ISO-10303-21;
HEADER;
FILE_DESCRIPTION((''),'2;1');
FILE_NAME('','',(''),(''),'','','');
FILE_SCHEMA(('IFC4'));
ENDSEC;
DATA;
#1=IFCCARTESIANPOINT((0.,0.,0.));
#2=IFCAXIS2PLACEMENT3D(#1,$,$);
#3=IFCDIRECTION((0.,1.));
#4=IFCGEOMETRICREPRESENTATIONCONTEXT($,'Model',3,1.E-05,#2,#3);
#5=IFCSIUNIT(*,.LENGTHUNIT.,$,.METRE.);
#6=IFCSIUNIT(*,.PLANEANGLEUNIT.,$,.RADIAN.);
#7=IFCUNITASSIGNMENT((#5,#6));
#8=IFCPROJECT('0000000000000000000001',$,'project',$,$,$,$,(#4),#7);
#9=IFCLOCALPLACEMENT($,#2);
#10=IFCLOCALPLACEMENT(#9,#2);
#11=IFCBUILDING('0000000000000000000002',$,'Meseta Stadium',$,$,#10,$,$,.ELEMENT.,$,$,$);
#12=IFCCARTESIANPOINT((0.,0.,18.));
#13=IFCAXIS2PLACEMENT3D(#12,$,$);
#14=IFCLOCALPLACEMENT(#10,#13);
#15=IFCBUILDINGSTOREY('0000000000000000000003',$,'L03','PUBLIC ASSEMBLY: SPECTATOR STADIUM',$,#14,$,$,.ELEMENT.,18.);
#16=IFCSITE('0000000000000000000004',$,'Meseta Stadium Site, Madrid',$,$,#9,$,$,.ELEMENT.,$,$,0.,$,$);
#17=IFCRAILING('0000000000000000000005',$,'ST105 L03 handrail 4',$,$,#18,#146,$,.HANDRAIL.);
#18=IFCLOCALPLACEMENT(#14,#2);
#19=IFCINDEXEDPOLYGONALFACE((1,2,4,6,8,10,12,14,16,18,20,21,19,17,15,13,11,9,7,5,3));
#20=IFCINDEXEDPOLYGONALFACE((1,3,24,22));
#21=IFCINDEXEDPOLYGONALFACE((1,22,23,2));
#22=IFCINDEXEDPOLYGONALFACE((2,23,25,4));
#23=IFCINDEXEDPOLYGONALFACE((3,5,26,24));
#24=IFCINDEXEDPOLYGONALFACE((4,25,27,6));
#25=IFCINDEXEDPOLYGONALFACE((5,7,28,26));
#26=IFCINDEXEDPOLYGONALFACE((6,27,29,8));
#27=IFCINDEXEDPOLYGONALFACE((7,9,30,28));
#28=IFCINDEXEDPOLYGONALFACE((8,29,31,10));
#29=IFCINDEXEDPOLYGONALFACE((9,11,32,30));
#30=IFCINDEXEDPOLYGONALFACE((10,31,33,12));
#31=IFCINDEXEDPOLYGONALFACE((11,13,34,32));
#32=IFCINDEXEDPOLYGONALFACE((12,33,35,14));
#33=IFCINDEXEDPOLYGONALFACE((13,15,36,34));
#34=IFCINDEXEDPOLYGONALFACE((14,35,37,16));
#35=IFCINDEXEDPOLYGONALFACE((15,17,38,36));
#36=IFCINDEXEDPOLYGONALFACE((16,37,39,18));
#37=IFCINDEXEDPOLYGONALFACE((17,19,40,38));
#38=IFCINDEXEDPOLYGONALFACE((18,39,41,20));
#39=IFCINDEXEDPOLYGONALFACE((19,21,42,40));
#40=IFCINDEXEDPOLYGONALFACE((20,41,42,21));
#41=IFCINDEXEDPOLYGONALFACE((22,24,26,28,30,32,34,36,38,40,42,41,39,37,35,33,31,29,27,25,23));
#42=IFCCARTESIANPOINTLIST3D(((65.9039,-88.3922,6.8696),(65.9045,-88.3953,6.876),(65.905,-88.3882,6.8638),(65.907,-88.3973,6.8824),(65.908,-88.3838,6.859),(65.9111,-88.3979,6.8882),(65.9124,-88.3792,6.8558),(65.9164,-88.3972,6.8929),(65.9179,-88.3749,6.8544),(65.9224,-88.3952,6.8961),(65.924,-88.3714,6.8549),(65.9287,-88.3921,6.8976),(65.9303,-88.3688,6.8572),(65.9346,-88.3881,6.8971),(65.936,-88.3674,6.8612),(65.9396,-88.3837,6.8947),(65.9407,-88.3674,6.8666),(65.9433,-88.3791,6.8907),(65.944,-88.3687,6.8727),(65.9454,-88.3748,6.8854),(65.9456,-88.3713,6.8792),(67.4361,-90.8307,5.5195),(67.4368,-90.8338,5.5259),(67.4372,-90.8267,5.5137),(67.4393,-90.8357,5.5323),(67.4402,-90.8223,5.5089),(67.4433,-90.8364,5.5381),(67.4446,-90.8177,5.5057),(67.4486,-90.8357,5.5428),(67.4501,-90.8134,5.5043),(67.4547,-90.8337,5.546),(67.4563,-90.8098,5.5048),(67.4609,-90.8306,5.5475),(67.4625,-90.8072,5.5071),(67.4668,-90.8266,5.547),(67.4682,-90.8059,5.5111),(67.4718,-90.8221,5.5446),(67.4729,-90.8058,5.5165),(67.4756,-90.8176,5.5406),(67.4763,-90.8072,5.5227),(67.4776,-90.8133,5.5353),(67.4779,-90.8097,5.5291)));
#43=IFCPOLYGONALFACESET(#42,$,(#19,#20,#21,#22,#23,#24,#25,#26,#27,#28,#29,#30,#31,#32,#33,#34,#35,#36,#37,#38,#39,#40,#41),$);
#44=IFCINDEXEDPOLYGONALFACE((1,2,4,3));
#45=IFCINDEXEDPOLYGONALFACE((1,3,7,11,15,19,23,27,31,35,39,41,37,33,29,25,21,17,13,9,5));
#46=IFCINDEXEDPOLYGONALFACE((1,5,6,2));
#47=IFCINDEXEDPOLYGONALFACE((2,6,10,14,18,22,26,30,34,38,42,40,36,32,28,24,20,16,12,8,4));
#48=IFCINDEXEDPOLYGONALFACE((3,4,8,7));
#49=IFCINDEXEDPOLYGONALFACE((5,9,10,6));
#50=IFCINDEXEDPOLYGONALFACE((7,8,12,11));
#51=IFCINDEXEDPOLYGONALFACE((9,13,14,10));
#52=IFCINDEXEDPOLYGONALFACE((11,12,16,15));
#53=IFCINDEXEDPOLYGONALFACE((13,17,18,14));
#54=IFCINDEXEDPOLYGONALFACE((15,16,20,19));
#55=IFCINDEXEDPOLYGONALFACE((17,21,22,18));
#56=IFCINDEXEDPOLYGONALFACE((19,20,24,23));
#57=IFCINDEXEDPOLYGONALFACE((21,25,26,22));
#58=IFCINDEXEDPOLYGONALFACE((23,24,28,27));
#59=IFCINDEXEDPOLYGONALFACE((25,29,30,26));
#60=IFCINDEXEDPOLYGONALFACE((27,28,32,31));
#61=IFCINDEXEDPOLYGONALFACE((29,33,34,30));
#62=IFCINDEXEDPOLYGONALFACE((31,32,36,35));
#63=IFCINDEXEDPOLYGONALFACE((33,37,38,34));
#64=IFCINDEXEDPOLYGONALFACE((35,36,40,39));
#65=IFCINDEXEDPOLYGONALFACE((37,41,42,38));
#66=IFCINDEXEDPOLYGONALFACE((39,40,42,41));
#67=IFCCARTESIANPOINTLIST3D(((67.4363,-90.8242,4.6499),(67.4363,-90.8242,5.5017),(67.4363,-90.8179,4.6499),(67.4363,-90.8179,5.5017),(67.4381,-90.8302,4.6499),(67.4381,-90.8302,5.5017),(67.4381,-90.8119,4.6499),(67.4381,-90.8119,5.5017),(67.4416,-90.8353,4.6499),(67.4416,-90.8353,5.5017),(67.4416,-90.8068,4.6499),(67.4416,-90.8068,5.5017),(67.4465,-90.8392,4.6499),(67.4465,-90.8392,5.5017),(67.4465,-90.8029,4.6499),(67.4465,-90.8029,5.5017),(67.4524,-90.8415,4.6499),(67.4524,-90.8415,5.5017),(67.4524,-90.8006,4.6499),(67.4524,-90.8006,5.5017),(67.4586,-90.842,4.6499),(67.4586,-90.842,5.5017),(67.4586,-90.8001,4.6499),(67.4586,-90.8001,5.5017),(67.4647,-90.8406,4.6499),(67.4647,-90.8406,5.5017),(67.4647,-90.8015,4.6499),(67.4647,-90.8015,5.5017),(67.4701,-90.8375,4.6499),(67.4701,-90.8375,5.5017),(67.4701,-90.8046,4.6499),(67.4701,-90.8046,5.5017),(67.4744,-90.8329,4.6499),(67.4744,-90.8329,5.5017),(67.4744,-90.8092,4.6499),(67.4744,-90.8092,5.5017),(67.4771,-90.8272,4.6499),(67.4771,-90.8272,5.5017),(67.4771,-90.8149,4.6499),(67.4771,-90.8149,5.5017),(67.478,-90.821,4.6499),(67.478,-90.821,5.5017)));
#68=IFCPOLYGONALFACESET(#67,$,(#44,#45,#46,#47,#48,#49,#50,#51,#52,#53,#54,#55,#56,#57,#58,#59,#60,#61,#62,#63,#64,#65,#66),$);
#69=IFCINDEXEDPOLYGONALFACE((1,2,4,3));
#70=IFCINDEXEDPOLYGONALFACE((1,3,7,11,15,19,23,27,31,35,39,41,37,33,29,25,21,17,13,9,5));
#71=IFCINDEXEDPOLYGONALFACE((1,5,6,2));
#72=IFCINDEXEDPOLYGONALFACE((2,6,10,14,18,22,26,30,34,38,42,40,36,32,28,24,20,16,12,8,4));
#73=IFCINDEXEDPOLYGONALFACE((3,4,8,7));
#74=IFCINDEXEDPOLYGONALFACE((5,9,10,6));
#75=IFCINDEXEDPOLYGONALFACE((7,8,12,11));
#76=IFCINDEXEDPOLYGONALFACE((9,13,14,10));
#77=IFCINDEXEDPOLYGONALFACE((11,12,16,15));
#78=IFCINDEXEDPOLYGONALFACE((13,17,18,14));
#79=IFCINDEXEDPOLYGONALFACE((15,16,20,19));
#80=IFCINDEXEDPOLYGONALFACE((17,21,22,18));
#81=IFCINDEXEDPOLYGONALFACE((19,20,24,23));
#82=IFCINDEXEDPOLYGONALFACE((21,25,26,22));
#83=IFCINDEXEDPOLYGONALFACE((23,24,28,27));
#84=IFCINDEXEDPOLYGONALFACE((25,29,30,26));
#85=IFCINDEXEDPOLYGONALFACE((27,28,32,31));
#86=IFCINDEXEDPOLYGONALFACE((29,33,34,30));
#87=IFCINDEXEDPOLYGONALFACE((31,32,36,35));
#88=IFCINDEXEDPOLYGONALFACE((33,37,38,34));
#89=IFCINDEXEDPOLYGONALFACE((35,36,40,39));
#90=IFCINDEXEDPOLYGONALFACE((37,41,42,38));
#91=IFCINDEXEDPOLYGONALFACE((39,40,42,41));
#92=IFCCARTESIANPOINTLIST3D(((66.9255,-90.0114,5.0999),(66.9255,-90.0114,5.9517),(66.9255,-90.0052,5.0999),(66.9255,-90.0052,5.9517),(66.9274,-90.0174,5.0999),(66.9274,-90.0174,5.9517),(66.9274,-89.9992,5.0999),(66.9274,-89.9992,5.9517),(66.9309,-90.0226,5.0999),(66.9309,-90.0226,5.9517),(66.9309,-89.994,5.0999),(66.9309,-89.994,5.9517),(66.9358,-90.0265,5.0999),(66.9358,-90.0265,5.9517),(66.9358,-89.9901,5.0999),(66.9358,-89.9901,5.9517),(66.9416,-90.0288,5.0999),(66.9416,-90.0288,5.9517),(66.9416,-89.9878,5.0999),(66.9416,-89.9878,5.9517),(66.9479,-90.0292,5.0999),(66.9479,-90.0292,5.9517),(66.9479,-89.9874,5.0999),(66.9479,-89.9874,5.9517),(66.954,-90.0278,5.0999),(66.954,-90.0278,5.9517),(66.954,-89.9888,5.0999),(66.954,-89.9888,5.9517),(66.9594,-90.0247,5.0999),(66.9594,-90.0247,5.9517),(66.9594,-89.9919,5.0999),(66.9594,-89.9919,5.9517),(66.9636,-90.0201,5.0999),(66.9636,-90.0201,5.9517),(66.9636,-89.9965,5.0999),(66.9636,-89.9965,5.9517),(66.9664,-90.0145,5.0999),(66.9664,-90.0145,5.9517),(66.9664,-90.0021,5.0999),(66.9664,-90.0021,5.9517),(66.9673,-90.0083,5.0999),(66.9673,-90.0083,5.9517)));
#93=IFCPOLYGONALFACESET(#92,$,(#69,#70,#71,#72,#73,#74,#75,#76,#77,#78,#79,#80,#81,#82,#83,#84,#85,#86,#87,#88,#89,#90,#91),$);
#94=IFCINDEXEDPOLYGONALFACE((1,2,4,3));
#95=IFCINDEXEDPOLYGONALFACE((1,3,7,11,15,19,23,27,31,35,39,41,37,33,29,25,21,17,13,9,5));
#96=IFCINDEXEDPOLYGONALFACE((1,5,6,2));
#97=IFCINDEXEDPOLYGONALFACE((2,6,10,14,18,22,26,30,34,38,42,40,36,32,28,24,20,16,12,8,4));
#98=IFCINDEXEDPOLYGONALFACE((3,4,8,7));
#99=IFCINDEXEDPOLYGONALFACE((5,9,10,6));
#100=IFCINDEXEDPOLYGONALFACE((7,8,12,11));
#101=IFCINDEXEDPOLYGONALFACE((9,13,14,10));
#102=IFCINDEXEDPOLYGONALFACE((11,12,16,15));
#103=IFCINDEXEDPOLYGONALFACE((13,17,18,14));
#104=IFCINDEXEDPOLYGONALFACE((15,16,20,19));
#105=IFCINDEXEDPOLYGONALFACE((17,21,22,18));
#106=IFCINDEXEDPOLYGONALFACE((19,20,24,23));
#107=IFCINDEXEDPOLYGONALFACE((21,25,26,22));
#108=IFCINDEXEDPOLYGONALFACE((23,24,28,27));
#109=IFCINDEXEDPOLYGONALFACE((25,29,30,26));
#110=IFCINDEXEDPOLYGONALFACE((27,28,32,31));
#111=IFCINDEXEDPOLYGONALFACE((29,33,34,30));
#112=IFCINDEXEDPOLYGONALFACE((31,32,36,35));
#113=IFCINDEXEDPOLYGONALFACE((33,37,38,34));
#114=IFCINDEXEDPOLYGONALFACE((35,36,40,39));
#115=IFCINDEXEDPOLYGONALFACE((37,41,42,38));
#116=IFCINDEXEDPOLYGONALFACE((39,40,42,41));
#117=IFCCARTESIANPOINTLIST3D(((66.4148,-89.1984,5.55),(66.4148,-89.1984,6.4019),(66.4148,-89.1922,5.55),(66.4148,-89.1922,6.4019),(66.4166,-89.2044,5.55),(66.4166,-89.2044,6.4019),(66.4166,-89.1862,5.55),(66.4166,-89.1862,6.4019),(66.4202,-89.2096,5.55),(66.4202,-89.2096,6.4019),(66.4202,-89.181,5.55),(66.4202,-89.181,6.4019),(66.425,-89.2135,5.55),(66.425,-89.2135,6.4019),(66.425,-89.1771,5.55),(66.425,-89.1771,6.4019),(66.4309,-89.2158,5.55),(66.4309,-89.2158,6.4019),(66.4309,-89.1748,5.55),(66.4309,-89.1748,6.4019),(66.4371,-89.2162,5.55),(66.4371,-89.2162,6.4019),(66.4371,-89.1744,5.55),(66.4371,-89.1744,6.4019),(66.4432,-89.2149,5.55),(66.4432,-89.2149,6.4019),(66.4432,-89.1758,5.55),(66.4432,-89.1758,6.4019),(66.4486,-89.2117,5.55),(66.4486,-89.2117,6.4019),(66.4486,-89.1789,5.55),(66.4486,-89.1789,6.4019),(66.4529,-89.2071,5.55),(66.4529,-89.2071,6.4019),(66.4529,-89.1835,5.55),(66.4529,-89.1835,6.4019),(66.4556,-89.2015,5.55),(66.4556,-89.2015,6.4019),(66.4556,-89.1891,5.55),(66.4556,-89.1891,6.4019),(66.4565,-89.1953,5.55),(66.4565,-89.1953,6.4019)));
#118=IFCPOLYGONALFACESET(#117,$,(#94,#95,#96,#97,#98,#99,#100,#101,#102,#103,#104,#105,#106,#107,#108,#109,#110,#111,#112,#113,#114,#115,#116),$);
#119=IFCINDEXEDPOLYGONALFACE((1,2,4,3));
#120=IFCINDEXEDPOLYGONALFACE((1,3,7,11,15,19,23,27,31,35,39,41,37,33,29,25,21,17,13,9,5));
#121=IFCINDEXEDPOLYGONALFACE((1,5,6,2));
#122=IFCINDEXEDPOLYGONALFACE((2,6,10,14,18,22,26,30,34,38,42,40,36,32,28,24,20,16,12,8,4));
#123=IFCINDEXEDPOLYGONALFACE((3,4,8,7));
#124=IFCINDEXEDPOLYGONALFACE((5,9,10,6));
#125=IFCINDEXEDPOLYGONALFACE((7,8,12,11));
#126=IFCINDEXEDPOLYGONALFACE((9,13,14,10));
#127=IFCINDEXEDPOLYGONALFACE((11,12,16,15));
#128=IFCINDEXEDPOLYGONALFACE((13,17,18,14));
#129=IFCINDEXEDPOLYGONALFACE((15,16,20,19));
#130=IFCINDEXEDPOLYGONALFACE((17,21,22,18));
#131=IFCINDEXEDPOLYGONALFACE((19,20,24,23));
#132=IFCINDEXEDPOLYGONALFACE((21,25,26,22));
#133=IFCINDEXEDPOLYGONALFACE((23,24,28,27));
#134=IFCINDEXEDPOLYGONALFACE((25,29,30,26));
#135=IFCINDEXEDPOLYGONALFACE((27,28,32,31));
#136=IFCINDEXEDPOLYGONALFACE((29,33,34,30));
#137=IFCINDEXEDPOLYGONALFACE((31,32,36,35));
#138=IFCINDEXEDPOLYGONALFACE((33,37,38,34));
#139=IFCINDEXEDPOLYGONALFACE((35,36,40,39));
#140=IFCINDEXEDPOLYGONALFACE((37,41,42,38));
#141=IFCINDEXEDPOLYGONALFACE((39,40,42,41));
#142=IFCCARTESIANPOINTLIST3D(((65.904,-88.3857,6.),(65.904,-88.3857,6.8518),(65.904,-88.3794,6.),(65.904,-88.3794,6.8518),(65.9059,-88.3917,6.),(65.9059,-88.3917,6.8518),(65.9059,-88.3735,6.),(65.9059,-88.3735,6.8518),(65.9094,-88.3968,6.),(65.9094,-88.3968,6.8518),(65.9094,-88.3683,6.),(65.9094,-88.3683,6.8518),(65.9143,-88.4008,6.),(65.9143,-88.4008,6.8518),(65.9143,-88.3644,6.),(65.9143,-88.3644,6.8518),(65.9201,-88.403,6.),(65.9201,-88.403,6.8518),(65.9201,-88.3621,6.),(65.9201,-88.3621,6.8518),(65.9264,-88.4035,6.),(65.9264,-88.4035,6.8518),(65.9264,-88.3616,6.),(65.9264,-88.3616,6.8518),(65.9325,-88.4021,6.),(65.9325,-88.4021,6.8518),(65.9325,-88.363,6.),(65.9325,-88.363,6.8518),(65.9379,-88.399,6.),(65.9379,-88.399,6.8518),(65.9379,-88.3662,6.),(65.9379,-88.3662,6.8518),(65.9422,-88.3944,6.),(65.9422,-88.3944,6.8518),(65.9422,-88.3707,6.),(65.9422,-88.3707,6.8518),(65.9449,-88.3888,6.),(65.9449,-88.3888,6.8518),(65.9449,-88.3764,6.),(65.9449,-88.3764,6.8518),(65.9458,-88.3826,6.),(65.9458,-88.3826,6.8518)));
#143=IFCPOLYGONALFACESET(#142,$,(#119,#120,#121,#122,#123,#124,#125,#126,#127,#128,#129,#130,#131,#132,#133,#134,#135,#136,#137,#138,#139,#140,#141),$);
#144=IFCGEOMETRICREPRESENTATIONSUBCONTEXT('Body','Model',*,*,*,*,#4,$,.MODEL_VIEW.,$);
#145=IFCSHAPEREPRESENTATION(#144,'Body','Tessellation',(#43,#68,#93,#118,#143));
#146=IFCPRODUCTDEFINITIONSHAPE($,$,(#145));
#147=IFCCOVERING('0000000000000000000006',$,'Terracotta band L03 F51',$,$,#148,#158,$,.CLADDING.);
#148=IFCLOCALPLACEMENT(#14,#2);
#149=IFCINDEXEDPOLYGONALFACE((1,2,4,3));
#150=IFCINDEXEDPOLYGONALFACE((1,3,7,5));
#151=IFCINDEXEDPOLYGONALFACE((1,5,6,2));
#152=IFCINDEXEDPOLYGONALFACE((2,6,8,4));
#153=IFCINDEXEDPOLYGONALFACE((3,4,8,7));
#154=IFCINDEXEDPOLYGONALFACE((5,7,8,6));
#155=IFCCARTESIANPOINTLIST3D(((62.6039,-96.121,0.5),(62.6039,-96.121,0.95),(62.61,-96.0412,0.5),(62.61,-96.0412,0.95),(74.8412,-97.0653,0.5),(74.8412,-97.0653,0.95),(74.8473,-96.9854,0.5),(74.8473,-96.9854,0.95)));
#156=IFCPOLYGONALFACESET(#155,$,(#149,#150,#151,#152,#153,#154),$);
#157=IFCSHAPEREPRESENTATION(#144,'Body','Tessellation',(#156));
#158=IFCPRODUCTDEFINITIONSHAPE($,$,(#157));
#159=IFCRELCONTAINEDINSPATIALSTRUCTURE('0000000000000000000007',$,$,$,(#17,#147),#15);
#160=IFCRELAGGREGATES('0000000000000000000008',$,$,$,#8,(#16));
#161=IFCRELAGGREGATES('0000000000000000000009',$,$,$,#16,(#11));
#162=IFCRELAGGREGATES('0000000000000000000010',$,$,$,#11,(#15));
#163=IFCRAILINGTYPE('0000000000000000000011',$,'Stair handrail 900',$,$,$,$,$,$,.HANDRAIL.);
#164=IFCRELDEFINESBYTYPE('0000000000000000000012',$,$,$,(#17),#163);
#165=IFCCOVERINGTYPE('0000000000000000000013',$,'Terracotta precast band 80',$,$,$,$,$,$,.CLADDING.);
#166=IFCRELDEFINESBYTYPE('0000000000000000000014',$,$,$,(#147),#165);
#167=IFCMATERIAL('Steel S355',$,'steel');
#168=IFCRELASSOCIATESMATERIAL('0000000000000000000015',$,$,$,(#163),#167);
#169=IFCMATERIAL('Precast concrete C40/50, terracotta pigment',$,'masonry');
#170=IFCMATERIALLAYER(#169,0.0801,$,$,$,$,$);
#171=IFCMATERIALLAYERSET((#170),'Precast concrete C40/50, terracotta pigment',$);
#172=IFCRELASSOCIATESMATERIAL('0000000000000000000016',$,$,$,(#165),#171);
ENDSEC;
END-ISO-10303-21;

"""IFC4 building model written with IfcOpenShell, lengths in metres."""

from ifc_helpers import new_model, si_unit, direction, frame, origin, origin_2d, place, context, subcontext, project, spatial, rectangle, circle, extrude, material, layer, layer_set, type_object, element, save


model = new_model("IFC4")

# Units and contexts
model_context = context("Model", 3, precision=1e-05, world=origin(), true_north=direction((0.0, 1.0)))
body_context = subcontext(model_context, "Body", "Model", "MODEL_VIEW")
ifc_project = project(units=[si_unit("LENGTHUNIT", "METRE"), si_unit("PLANEANGLEUNIT", "RADIAN")], contexts=[model_context])

# Site, building, storey
site_placement = place(None, origin())
site = spatial("IfcSite", under=ifc_project, at=site_placement, Name="Meseta Stadium Site, Madrid", CompositionType="ELEMENT", RefElevation=0.0)
building_placement = place(site_placement, origin())
building = spatial("IfcBuilding", under=site, at=building_placement, Name="Meseta Stadium", CompositionType="ELEMENT")
storey_placement = place(building_placement, frame((0.0, 0.0, 18.0)))
storey = spatial("IfcBuildingStorey", under=building, at=storey_placement, Name="L03", Description="PUBLIC ASSEMBLY: SPECTATOR STADIUM", CompositionType="ELEMENT", Elevation=18.0)

# Railing
ifc_material_1 = material(Name="Steel S355", Category="steel")
railing_type_1 = type_object("IfcRailingType", Name="Stair handrail 900", PredefinedType="HANDRAIL", material=ifc_material_1)
for number, where, name in (
    (1, (67.457, -90.821, 4.6499), "ST105 L03 handrail 4"),
):
    element("IfcRailing", number, at=place(storey_placement, frame(where)), inside=storey, type_object=railing_type_1, Name=name, PredefinedType="HANDRAIL", context=body_context, shape_type="SweptSolid", body=[
        extrude(circle(Radius=0.0239, at=origin_2d()), frame((0.0, 0.0, 0.876), z_axis=(-0.481731, 0.766655, 0.42447), x_axis=(-0.846719, -0.53204, 0.0)), (0.0, 0.0, 1.0), 3.1807),
        extrude(circle(Radius=0.021, at=origin_2d()), origin(), (0.0, 0.0, 1.0), 0.8518),
        extrude(circle(Radius=0.021, at=origin_2d()), frame((-0.5107, 0.8127, 0.45)), (0.0, 0.0, 1.0), 0.8518),
        extrude(circle(Radius=0.021, at=origin_2d()), frame((-1.0215, 1.6257, 0.9001)), (0.0, 0.0, 1.0), 0.8518),
        extrude(circle(Radius=0.021, at=origin_2d()), frame((-1.5322, 2.4385, 1.3501)), (0.0, 0.0, 1.0), 0.8518),
    ])

# Covering
ifc_material_2 = material(Name="Precast concrete C40/50, terracotta pigment", Category="masonry")
ifc_layer_1 = layer(ifc_material_2, 0.0801)
ifc_layer_set_1 = layer_set([ifc_layer_1], Name="Precast concrete C40/50, terracotta pigment")
covering_type_1 = type_object("IfcCoveringType", Name="Terracotta precast band 80", PredefinedType="CLADDING", material=ifc_layer_set_1)
covering_1_placement = place(storey_placement, frame((68.7256, -96.5532, 0.5), z_axis=(0.0, 0.0, 1.0), x_axis=(-0.997036, 0.076937, 0.0)))
element("IfcCovering", 2, at=covering_1_placement, inside=storey, type_object=covering_type_1, Name="Terracotta band L03 F51", PredefinedType="CLADDING", context=body_context, shape_type="SweptSolid", body=[
    extrude(rectangle(XDim=12.2737, YDim=0.0801, at=origin_2d()), origin(), (0.0, 0.0, 1.0), 0.45),
])

save(model, "model.ifc")
